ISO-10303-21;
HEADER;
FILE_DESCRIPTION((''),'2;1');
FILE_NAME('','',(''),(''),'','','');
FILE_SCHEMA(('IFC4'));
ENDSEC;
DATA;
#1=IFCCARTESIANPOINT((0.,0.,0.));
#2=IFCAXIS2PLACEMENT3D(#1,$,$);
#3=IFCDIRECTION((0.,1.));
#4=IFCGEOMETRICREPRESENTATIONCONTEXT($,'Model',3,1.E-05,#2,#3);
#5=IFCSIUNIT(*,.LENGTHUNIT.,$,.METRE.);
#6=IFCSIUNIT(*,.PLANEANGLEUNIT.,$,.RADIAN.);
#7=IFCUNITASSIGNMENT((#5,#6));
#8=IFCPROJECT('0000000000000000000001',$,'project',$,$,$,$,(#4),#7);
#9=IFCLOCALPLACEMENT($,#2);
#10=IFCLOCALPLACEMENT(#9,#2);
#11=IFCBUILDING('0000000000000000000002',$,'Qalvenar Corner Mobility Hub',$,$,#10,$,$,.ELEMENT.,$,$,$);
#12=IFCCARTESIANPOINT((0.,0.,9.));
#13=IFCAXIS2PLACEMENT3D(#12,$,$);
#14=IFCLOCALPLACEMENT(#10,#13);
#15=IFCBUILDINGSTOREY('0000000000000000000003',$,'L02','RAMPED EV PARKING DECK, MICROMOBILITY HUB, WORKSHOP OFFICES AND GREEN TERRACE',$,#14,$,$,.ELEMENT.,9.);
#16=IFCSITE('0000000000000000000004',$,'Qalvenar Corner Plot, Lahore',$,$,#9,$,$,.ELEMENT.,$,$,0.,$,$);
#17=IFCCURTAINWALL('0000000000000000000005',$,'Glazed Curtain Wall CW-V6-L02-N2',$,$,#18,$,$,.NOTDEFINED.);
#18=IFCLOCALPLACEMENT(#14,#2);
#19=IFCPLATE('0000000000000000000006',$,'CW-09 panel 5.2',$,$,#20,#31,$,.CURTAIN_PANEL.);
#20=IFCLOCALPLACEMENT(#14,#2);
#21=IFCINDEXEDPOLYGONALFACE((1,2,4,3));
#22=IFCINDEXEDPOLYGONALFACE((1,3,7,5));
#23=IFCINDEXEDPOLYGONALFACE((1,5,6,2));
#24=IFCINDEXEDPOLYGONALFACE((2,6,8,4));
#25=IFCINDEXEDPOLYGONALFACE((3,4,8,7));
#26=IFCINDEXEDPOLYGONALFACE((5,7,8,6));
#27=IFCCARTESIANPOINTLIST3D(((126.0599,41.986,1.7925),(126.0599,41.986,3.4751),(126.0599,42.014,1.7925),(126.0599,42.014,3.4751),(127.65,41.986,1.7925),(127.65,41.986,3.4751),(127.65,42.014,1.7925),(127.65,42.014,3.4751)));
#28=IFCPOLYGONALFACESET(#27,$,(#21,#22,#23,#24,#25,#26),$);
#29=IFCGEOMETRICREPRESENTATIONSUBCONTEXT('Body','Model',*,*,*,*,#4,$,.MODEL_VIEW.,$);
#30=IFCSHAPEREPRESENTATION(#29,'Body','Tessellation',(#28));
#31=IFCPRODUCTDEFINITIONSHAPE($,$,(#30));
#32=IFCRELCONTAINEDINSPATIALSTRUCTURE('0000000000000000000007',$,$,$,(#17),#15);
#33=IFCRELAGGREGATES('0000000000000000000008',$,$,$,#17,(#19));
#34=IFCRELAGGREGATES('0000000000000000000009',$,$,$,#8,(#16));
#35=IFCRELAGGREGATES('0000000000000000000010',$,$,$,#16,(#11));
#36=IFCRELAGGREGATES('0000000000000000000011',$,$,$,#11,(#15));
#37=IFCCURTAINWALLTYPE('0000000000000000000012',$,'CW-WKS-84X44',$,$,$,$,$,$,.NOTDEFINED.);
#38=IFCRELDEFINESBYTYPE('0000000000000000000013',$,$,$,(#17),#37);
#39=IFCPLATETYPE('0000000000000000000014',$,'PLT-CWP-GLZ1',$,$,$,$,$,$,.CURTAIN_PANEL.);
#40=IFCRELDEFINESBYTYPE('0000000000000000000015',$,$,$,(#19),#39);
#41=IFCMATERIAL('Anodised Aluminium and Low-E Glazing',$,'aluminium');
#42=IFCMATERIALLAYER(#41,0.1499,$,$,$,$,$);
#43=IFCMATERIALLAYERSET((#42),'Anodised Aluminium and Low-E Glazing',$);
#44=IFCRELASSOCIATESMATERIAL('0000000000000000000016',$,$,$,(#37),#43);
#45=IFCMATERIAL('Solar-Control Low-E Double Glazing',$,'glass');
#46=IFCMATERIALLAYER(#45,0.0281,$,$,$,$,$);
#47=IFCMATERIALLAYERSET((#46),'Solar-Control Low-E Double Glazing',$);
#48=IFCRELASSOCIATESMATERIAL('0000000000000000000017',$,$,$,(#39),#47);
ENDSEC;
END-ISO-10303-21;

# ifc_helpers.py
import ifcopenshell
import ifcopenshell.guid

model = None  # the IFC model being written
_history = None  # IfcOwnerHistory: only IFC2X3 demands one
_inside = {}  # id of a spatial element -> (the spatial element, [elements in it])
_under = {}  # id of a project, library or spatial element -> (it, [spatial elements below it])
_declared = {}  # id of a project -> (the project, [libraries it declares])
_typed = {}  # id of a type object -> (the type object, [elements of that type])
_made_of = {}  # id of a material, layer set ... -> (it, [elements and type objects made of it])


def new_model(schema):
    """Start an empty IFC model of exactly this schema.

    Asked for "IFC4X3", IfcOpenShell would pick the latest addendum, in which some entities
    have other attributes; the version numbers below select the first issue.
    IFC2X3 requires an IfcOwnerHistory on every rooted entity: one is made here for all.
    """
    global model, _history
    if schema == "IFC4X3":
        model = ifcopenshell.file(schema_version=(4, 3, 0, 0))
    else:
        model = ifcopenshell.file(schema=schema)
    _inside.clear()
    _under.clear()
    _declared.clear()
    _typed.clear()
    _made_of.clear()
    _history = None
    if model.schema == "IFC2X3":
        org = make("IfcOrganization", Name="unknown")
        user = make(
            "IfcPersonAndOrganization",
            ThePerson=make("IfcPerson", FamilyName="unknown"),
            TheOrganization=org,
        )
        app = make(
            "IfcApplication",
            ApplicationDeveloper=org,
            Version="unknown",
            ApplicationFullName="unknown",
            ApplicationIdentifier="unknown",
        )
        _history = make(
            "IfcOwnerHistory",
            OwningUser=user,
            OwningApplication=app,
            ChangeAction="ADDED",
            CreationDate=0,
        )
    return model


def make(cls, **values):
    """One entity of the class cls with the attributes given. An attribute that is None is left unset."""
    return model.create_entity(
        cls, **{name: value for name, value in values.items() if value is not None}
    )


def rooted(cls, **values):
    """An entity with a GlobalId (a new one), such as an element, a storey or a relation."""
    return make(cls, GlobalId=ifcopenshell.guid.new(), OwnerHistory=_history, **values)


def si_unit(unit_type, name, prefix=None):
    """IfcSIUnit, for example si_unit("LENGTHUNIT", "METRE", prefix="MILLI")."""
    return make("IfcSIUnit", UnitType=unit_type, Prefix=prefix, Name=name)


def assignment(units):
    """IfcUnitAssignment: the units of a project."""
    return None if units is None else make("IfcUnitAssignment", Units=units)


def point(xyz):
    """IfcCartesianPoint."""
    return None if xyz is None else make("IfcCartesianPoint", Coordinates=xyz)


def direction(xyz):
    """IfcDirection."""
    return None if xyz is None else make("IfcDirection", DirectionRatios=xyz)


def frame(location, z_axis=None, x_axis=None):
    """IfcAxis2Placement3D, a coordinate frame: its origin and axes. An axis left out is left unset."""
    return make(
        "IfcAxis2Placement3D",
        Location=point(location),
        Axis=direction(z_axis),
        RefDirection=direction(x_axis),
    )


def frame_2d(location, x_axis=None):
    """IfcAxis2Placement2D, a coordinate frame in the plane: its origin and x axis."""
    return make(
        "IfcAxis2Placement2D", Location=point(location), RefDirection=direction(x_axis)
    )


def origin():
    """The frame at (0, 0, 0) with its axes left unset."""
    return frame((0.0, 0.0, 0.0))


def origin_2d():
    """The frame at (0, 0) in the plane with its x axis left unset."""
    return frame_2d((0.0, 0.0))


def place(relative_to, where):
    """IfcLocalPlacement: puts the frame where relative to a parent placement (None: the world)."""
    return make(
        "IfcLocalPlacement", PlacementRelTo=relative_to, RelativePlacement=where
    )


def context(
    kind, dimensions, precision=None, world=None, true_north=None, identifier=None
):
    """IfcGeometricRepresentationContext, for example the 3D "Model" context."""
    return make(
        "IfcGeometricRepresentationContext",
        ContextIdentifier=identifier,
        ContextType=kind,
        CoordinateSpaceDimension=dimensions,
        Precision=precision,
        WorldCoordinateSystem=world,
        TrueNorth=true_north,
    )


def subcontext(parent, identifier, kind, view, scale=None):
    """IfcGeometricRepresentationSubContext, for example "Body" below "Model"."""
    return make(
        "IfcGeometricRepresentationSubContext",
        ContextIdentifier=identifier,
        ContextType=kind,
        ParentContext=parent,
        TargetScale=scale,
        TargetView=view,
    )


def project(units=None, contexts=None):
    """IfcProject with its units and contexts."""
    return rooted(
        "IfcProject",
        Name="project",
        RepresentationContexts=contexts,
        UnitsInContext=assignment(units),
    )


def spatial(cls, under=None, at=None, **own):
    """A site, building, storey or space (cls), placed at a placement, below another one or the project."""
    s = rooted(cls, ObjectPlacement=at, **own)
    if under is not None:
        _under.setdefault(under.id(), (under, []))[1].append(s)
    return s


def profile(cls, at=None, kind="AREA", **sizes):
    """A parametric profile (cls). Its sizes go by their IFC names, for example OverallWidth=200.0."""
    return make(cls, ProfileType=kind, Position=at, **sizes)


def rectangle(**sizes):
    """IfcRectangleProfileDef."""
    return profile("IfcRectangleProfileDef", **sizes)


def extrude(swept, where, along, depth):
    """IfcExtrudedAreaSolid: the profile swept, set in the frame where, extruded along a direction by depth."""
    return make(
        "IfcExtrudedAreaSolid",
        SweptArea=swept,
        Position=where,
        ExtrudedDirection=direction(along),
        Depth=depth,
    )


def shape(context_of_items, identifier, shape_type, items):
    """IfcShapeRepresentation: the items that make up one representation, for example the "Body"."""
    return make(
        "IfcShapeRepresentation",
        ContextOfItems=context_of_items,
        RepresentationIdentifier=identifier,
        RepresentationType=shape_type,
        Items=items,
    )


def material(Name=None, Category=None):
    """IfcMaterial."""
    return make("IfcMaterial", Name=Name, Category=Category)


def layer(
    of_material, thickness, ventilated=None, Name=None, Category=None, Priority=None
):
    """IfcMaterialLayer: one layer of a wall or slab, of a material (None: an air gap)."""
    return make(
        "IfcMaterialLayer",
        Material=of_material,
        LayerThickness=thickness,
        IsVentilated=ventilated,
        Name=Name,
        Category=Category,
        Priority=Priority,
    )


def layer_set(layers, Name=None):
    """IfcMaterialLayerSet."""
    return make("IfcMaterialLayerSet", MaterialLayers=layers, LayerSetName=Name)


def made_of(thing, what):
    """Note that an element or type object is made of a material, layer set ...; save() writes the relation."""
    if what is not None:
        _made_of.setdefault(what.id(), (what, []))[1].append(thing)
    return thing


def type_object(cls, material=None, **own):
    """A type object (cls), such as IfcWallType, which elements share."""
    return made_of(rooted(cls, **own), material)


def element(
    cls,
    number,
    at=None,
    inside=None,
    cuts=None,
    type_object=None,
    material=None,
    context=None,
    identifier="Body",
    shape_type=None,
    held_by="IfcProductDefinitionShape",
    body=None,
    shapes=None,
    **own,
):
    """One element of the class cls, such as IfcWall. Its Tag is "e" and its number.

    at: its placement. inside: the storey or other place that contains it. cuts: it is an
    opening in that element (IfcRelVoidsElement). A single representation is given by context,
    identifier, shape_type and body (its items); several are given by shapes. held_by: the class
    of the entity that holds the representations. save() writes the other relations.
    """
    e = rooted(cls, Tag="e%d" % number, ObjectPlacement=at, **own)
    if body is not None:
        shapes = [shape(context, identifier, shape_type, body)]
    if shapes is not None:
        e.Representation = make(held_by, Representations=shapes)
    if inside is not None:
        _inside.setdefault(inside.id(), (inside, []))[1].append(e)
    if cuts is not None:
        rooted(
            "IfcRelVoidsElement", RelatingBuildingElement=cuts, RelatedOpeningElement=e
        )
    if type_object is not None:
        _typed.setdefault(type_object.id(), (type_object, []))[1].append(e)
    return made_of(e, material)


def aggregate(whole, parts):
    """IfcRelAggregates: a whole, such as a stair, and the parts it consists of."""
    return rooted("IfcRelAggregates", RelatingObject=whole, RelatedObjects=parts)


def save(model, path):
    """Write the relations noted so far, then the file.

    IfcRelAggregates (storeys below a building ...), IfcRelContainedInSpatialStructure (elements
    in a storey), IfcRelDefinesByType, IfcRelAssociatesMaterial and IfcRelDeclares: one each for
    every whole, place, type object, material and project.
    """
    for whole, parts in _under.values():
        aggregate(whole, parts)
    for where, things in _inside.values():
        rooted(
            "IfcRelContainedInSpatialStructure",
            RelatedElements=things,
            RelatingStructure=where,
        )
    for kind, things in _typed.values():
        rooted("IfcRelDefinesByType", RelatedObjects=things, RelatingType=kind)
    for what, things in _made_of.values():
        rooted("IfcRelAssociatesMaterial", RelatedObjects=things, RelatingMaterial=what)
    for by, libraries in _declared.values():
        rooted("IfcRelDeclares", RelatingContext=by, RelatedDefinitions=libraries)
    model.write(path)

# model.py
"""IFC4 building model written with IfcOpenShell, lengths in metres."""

from ifc_helpers import new_model, si_unit, direction, frame, origin, origin_2d, place, context, subcontext, project, spatial, rectangle, extrude, material, layer, layer_set, type_object, element, aggregate, save


model = new_model("IFC4")

# Units and contexts
model_context = context("Model", 3, precision=1e-05, world=origin(), true_north=direction((0.0, 1.0)))
body_context = subcontext(model_context, "Body", "Model", "MODEL_VIEW")
ifc_project = project(units=[si_unit("LENGTHUNIT", "METRE"), si_unit("PLANEANGLEUNIT", "RADIAN")], contexts=[model_context])

# Site, building, storey
site_placement = place(None, origin())
site = spatial("IfcSite", under=ifc_project, at=site_placement, Name="Qalvenar Corner Plot, Lahore", CompositionType="ELEMENT", RefElevation=0.0)
building_placement = place(site_placement, origin())
building = spatial("IfcBuilding", under=site, at=building_placement, Name="Qalvenar Corner Mobility Hub", CompositionType="ELEMENT")
storey_placement = place(building_placement, frame((0.0, 0.0, 9.0)))
storey = spatial("IfcBuildingStorey", under=building, at=storey_placement, Name="L02", Description="RAMPED EV PARKING DECK, MICROMOBILITY HUB, WORKSHOP OFFICES AND GREEN TERRACE", CompositionType="ELEMENT", Elevation=9.0)

# Curtain wall, plate
ifc_material_1 = material(Name="Anodised Aluminium and Low-E Glazing", Category="aluminium")
ifc_layer_1 = layer(ifc_material_1, 0.1499)
ifc_layer_set_1 = layer_set([ifc_layer_1], Name="Anodised Aluminium and Low-E Glazing")
curtain_wall_type = type_object("IfcCurtainWallType", Name="CW-WKS-84X44", PredefinedType="NOTDEFINED", material=ifc_layer_set_1)
curtain_wall_placement = place(storey_placement, origin())
curtain_wall = element("IfcCurtainWall", 1, at=curtain_wall_placement, inside=storey, type_object=curtain_wall_type, Name="Glazed Curtain Wall CW-V6-L02-N2", PredefinedType="NOTDEFINED")
ifc_material_2 = material(Name="Solar-Control Low-E Double Glazing", Category="glass")
ifc_layer_2 = layer(ifc_material_2, 0.0281)
ifc_layer_set_2 = layer_set([ifc_layer_2], Name="Solar-Control Low-E Double Glazing")
plate_type = type_object("IfcPlateType", Name="PLT-CWP-GLZ1", PredefinedType="CURTAIN_PANEL", material=ifc_layer_set_2)
plate_1_placement = place(storey_placement, frame((126.855, 42.0, 1.7925), z_axis=(0.0, 0.0, 1.0), x_axis=(-1.0, 0.0, 0.0)))
plate_1 = element("IfcPlate", 2, at=plate_1_placement, type_object=plate_type, Name="CW-09 panel 5.2", PredefinedType="CURTAIN_PANEL", context=body_context, shape_type="SweptSolid", body=[
    extrude(rectangle(XDim=1.5901, YDim=0.0281, at=origin_2d()), origin(), (0.0, 0.0, 1.0), 1.6826),
])
aggregate(curtain_wall, [plate_1])

save(model, "model.ifc")
